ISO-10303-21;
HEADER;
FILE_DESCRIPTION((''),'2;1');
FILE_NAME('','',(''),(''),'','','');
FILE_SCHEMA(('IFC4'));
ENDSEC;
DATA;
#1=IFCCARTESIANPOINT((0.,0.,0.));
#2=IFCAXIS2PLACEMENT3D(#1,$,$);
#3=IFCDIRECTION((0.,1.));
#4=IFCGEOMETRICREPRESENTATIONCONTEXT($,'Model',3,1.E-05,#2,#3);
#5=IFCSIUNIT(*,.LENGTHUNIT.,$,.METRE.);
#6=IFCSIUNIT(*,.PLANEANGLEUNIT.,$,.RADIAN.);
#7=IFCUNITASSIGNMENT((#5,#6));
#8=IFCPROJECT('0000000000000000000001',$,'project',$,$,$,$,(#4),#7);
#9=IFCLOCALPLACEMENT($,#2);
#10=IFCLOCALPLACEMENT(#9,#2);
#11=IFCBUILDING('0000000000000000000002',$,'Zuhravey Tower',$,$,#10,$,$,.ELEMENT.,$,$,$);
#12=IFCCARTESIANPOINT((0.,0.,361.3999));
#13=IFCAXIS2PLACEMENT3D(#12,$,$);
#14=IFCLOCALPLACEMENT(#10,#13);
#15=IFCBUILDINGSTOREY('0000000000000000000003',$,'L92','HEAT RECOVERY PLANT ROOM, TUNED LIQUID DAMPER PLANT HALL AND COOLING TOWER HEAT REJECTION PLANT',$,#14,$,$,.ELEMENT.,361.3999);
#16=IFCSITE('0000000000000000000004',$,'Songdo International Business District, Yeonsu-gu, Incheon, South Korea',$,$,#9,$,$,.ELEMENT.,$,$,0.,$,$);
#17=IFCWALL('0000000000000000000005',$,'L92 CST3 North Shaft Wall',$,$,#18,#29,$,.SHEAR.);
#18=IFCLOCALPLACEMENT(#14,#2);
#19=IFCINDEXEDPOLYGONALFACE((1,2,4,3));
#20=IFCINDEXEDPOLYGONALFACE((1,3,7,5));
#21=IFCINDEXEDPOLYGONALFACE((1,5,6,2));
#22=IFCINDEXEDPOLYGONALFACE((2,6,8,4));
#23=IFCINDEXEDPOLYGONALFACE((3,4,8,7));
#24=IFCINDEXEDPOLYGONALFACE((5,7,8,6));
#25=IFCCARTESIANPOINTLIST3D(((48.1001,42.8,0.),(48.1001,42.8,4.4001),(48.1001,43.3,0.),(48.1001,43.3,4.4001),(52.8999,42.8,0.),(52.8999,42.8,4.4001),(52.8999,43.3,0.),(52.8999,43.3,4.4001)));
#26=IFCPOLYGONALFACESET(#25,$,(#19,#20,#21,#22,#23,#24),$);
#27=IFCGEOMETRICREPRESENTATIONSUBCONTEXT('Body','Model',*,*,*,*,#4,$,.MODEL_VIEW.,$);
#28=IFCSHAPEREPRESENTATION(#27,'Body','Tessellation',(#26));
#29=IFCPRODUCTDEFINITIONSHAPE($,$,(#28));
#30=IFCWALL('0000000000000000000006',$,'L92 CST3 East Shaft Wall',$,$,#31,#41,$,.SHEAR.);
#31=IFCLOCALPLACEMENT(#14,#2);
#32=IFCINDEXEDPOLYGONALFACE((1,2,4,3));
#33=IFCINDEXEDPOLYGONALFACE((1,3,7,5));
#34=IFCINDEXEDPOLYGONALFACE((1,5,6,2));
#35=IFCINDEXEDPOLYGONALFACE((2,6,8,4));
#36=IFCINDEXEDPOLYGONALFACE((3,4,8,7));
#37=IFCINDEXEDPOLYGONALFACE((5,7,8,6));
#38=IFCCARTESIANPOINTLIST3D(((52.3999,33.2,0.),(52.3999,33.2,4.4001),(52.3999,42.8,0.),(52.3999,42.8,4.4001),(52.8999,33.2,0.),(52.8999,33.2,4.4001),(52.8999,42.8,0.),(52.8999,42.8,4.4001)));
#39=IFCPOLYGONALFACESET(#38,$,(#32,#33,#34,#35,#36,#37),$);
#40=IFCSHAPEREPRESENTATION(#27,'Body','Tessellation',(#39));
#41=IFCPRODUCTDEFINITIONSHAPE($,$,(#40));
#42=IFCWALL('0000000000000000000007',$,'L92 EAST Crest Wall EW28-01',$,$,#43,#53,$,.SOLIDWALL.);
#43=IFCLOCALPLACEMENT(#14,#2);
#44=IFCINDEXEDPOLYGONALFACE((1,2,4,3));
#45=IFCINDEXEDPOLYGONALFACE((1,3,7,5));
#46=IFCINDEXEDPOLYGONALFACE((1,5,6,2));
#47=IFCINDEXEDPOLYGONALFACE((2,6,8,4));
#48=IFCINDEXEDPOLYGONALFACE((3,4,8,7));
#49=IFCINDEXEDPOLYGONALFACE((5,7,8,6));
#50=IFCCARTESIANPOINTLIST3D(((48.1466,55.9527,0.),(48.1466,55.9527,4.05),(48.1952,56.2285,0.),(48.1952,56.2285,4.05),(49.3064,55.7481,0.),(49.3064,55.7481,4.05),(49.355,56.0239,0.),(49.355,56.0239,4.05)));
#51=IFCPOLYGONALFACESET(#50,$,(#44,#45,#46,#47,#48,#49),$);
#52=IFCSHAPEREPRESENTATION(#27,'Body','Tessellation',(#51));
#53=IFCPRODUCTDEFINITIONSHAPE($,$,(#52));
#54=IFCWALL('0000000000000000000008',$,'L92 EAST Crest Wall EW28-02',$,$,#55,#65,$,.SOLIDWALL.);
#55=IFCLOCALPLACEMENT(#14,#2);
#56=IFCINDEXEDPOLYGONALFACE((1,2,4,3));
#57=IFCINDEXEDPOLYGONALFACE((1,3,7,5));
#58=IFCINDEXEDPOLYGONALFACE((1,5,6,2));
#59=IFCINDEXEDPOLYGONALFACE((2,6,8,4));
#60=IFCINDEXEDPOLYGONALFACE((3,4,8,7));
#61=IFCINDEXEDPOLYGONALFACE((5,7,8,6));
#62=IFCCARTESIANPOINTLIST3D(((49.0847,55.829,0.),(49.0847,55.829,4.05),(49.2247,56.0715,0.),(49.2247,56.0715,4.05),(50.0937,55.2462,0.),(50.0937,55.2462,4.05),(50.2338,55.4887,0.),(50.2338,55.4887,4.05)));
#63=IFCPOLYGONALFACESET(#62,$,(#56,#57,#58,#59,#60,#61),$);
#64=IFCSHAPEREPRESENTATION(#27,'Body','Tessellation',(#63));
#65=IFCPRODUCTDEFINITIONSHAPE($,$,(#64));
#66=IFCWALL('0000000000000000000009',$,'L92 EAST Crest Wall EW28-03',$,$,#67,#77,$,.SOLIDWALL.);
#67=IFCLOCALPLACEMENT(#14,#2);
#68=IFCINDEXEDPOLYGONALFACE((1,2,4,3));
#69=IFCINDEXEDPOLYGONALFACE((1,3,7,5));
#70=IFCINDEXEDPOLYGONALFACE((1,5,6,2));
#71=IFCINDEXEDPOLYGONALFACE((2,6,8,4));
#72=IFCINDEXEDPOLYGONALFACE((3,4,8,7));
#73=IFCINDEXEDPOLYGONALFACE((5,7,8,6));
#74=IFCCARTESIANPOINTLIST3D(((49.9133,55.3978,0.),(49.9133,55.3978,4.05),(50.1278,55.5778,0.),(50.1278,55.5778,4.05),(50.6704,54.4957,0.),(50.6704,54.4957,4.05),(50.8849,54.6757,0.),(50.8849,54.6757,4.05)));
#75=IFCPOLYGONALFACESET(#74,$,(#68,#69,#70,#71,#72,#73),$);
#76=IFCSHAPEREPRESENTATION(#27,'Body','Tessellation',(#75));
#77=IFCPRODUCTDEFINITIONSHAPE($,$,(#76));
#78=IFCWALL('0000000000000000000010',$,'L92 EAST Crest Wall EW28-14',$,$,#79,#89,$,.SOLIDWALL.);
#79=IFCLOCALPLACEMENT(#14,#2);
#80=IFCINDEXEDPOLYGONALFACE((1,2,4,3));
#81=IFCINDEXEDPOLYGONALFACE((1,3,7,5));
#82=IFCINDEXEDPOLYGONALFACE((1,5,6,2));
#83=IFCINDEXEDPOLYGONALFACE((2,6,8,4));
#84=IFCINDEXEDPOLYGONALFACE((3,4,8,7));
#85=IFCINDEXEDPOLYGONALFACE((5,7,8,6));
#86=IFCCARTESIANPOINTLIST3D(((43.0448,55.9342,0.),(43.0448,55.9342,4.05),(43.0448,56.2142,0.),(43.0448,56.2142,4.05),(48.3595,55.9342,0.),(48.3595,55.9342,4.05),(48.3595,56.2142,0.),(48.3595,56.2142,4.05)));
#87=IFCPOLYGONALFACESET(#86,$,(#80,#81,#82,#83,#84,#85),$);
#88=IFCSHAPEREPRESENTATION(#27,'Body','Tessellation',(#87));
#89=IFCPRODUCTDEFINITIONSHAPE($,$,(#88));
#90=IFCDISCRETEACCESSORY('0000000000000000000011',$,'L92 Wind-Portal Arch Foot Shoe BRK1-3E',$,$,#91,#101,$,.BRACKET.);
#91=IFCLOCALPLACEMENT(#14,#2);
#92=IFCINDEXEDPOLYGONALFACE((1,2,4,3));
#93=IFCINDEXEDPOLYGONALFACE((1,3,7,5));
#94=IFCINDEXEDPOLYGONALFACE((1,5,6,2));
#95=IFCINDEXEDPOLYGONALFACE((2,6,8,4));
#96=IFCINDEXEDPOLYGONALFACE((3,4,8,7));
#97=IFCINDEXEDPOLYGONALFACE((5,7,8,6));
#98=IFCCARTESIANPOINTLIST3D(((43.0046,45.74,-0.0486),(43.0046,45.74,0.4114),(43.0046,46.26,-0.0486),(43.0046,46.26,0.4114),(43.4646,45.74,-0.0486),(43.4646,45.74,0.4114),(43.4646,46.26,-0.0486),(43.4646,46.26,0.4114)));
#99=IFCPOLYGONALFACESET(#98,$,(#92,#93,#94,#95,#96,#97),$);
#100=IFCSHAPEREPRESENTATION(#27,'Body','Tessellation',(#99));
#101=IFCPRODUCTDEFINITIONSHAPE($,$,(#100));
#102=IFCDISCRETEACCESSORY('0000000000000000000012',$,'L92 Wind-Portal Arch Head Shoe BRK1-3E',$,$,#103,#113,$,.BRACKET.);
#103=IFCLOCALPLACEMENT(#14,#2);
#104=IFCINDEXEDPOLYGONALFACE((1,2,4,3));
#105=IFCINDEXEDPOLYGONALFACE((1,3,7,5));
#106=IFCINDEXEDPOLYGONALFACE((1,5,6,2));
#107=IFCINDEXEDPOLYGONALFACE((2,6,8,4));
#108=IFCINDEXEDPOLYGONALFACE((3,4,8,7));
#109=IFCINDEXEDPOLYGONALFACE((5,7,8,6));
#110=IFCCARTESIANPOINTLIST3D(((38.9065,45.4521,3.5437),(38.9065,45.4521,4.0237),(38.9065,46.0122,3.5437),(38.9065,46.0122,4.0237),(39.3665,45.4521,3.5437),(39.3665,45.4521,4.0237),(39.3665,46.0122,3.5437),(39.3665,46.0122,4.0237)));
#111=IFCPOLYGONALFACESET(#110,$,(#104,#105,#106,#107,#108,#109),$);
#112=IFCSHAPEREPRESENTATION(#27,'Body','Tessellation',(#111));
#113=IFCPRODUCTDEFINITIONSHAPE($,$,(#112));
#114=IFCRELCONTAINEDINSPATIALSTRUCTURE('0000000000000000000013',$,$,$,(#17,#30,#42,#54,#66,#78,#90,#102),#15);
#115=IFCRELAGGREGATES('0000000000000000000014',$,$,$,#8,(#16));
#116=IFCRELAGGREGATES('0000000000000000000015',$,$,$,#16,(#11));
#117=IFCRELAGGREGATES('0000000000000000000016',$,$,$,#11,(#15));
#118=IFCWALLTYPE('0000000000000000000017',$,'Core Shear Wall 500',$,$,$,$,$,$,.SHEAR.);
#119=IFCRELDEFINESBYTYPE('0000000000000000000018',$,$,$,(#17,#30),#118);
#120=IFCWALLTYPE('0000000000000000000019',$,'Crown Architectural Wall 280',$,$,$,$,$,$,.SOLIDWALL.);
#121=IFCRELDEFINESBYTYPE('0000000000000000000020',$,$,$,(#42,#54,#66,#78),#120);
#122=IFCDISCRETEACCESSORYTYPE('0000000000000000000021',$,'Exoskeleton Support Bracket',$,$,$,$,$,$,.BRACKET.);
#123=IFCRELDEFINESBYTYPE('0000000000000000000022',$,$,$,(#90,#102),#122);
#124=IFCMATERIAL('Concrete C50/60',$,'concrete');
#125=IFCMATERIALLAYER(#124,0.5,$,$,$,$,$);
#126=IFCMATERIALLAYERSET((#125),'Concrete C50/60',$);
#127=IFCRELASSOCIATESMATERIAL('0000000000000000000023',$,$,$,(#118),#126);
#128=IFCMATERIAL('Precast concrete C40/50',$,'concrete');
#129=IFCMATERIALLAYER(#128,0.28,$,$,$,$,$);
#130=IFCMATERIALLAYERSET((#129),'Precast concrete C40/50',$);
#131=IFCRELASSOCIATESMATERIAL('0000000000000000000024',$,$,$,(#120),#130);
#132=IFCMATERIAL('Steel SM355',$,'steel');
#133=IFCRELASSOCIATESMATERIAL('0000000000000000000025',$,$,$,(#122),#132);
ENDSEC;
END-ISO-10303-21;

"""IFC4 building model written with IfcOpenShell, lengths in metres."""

from ifc_helpers import new_model, si_unit, direction, frame, frame_2d, origin, origin_2d, place, context, subcontext, project, spatial, rectangle, extrude, material, layer, layer_set, type_object, element, save


model = new_model("IFC4")

# Units and contexts
model_context = context("Model", 3, precision=1e-05, world=origin(), true_north=direction((0.0, 1.0)))
body_context = subcontext(model_context, "Body", "Model", "MODEL_VIEW")
ifc_project = project(units=[si_unit("LENGTHUNIT", "METRE"), si_unit("PLANEANGLEUNIT", "RADIAN")], contexts=[model_context])

# Site, building, storey
site_placement = place(None, origin())
site = spatial("IfcSite", under=ifc_project, at=site_placement, Name="Songdo International Business District, Yeonsu-gu, Incheon, South Korea", CompositionType="ELEMENT", RefElevation=0.0)
building_placement = place(site_placement, origin())
building = spatial("IfcBuilding", under=site, at=building_placement, Name="Zuhravey Tower", CompositionType="ELEMENT")
storey_placement = place(building_placement, frame((0.0, 0.0, 361.3999)))
storey = spatial("IfcBuildingStorey", under=building, at=storey_placement, Name="L92", Description="HEAT RECOVERY PLANT ROOM, TUNED LIQUID DAMPER PLANT HALL AND COOLING TOWER HEAT REJECTION PLANT", CompositionType="ELEMENT", Elevation=361.3999)

# Shared definitions
ifc_material_1 = material(Name="Steel SM355", Category="steel")

# Walls
ifc_material_2 = material(Name="Concrete C50/60", Category="concrete")
ifc_layer_1 = layer(ifc_material_2, 0.5)
ifc_layer_set_1 = layer_set([ifc_layer_1], Name="Concrete C50/60")
wall_type_1 = type_object("IfcWallType", Name="Core Shear Wall 500", PredefinedType="SHEAR", material=ifc_layer_set_1)
wall_1_placement = place(storey_placement, frame((52.8999, 43.05, 0.0), z_axis=(0.0, 0.0, 1.0), x_axis=(-1.0, 0.0, 0.0)))
element("IfcWall", 1, at=wall_1_placement, inside=storey, type_object=wall_type_1, Name="L92 CST3 North Shaft Wall", PredefinedType="SHEAR", context=body_context, shape_type="SweptSolid", body=[
    extrude(rectangle(XDim=4.7998, YDim=0.5, at=frame_2d((2.3999, 0.0))), origin(), (0.0, 0.0, 1.0), 4.4001),
])
wall_2_placement = place(storey_placement, frame((52.6499, 42.8, 0.0), z_axis=(0.0, 0.0, 1.0), x_axis=(0.0, -1.0, 0.0)))
element("IfcWall", 2, at=wall_2_placement, inside=storey, type_object=wall_type_1, Name="L92 CST3 East Shaft Wall", PredefinedType="SHEAR", context=body_context, shape_type="SweptSolid", body=[
    extrude(rectangle(XDim=9.6001, YDim=0.5, at=frame_2d((4.8, 0.0))), origin(), (0.0, 0.0, 1.0), 4.4001),
])
ifc_material_3 = material(Name="Precast concrete C40/50", Category="concrete")
ifc_layer_2 = layer(ifc_material_3, 0.28)
ifc_layer_set_2 = layer_set([ifc_layer_2], Name="Precast concrete C40/50")
wall_type_2 = type_object("IfcWallType", Name="Crown Architectural Wall 280", PredefinedType="SOLIDWALL", material=ifc_layer_set_2)
wall_3_placement = place(storey_placement, frame((48.1709, 56.0906, 0.0), z_axis=(0.0, 0.0, 1.0), x_axis=(0.984798, -0.173703, 0.0)))
element("IfcWall", 3, at=wall_3_placement, inside=storey, type_object=wall_type_2, Name="L92 EAST Crest Wall EW28-01", PredefinedType="SOLIDWALL", context=body_context, shape_type="SweptSolid", body=[
    extrude(rectangle(XDim=1.1777, YDim=0.28, at=frame_2d((0.5889, 0.0))), origin(), (0.0, 0.0, 1.0), 4.05),
])
wall_4_placement = place(storey_placement, frame((49.1548, 55.9502, 0.0), z_axis=(0.0, 0.0, 1.0), x_axis=(0.865952, -0.500127, 0.0)))
element("IfcWall", 4, at=wall_4_placement, inside=storey, type_object=wall_type_2, Name="L92 EAST Crest Wall EW28-02", PredefinedType="SOLIDWALL", context=body_context, shape_type="SweptSolid", body=[
    extrude(rectangle(XDim=1.1653, YDim=0.28, at=frame_2d((0.5825, 0.0))), origin(), (0.0, 0.0, 1.0), 4.05),
])
wall_5_placement = place(storey_placement, frame((50.0205, 55.4878, 0.0), z_axis=(0.0, 0.0, 1.0), x_axis=(0.642852, -0.765991, 0.0)))
element("IfcWall", 5, at=wall_5_placement, inside=storey, type_object=wall_type_2, Name="L92 EAST Crest Wall EW28-03", PredefinedType="SOLIDWALL", context=body_context, shape_type="SweptSolid", body=[
    extrude(rectangle(XDim=1.1777, YDim=0.28, at=frame_2d((0.5889, 0.0))), origin(), (0.0, 0.0, 1.0), 4.05),
])
wall_6_placement = place(storey_placement, frame((43.0449, 56.0742, 0.0), z_axis=(0.0, 0.0, 1.0), x_axis=(1.0, 0.0, 0.0)))
element("IfcWall", 6, at=wall_6_placement, inside=storey, type_object=wall_type_2, Name="L92 EAST Crest Wall EW28-14", PredefinedType="SOLIDWALL", context=body_context, shape_type="SweptSolid", body=[
    extrude(rectangle(XDim=5.3147, YDim=0.28, at=frame_2d((2.6572, 0.0))), origin(), (0.0, 0.0, 1.0), 4.05),
])

# Discrete accessories
discrete_accessory_type = type_object("IfcDiscreteAccessoryType", Name="Exoskeleton Support Bracket", PredefinedType="BRACKET", material=ifc_material_1)
discrete_accessory_1_placement = place(storey_placement, frame((43.2346, 46.0, -0.0486), z_axis=(0.0, 0.0, 1.0), x_axis=(1.0, 0.0, 0.0)))
element("IfcDiscreteAccessory", 7, at=discrete_accessory_1_placement, inside=storey, type_object=discrete_accessory_type, Name="L92 Wind-Portal Arch Foot Shoe BRK1-3E", PredefinedType="BRACKET", context=body_context, shape_type="SweptSolid", body=[
    extrude(rectangle(XDim=0.46, YDim=0.52, at=origin_2d()), origin(), (0.0, 0.0, 1.0), 0.46),
])
discrete_accessory_2_placement = place(storey_placement, frame((39.1365, 45.7322, 3.5437), z_axis=(0.0, 0.0, 1.0), x_axis=(1.0, 0.0, 0.0)))
element("IfcDiscreteAccessory", 8, at=discrete_accessory_2_placement, inside=storey, type_object=discrete_accessory_type, Name="L92 Wind-Portal Arch Head Shoe BRK1-3E", PredefinedType="BRACKET", context=body_context, shape_type="SweptSolid", body=[
    extrude(rectangle(XDim=0.46, YDim=0.5601, at=origin_2d()), origin(), (0.0, 0.0, 1.0), 0.48),
])

save(model, "model.ifc")
